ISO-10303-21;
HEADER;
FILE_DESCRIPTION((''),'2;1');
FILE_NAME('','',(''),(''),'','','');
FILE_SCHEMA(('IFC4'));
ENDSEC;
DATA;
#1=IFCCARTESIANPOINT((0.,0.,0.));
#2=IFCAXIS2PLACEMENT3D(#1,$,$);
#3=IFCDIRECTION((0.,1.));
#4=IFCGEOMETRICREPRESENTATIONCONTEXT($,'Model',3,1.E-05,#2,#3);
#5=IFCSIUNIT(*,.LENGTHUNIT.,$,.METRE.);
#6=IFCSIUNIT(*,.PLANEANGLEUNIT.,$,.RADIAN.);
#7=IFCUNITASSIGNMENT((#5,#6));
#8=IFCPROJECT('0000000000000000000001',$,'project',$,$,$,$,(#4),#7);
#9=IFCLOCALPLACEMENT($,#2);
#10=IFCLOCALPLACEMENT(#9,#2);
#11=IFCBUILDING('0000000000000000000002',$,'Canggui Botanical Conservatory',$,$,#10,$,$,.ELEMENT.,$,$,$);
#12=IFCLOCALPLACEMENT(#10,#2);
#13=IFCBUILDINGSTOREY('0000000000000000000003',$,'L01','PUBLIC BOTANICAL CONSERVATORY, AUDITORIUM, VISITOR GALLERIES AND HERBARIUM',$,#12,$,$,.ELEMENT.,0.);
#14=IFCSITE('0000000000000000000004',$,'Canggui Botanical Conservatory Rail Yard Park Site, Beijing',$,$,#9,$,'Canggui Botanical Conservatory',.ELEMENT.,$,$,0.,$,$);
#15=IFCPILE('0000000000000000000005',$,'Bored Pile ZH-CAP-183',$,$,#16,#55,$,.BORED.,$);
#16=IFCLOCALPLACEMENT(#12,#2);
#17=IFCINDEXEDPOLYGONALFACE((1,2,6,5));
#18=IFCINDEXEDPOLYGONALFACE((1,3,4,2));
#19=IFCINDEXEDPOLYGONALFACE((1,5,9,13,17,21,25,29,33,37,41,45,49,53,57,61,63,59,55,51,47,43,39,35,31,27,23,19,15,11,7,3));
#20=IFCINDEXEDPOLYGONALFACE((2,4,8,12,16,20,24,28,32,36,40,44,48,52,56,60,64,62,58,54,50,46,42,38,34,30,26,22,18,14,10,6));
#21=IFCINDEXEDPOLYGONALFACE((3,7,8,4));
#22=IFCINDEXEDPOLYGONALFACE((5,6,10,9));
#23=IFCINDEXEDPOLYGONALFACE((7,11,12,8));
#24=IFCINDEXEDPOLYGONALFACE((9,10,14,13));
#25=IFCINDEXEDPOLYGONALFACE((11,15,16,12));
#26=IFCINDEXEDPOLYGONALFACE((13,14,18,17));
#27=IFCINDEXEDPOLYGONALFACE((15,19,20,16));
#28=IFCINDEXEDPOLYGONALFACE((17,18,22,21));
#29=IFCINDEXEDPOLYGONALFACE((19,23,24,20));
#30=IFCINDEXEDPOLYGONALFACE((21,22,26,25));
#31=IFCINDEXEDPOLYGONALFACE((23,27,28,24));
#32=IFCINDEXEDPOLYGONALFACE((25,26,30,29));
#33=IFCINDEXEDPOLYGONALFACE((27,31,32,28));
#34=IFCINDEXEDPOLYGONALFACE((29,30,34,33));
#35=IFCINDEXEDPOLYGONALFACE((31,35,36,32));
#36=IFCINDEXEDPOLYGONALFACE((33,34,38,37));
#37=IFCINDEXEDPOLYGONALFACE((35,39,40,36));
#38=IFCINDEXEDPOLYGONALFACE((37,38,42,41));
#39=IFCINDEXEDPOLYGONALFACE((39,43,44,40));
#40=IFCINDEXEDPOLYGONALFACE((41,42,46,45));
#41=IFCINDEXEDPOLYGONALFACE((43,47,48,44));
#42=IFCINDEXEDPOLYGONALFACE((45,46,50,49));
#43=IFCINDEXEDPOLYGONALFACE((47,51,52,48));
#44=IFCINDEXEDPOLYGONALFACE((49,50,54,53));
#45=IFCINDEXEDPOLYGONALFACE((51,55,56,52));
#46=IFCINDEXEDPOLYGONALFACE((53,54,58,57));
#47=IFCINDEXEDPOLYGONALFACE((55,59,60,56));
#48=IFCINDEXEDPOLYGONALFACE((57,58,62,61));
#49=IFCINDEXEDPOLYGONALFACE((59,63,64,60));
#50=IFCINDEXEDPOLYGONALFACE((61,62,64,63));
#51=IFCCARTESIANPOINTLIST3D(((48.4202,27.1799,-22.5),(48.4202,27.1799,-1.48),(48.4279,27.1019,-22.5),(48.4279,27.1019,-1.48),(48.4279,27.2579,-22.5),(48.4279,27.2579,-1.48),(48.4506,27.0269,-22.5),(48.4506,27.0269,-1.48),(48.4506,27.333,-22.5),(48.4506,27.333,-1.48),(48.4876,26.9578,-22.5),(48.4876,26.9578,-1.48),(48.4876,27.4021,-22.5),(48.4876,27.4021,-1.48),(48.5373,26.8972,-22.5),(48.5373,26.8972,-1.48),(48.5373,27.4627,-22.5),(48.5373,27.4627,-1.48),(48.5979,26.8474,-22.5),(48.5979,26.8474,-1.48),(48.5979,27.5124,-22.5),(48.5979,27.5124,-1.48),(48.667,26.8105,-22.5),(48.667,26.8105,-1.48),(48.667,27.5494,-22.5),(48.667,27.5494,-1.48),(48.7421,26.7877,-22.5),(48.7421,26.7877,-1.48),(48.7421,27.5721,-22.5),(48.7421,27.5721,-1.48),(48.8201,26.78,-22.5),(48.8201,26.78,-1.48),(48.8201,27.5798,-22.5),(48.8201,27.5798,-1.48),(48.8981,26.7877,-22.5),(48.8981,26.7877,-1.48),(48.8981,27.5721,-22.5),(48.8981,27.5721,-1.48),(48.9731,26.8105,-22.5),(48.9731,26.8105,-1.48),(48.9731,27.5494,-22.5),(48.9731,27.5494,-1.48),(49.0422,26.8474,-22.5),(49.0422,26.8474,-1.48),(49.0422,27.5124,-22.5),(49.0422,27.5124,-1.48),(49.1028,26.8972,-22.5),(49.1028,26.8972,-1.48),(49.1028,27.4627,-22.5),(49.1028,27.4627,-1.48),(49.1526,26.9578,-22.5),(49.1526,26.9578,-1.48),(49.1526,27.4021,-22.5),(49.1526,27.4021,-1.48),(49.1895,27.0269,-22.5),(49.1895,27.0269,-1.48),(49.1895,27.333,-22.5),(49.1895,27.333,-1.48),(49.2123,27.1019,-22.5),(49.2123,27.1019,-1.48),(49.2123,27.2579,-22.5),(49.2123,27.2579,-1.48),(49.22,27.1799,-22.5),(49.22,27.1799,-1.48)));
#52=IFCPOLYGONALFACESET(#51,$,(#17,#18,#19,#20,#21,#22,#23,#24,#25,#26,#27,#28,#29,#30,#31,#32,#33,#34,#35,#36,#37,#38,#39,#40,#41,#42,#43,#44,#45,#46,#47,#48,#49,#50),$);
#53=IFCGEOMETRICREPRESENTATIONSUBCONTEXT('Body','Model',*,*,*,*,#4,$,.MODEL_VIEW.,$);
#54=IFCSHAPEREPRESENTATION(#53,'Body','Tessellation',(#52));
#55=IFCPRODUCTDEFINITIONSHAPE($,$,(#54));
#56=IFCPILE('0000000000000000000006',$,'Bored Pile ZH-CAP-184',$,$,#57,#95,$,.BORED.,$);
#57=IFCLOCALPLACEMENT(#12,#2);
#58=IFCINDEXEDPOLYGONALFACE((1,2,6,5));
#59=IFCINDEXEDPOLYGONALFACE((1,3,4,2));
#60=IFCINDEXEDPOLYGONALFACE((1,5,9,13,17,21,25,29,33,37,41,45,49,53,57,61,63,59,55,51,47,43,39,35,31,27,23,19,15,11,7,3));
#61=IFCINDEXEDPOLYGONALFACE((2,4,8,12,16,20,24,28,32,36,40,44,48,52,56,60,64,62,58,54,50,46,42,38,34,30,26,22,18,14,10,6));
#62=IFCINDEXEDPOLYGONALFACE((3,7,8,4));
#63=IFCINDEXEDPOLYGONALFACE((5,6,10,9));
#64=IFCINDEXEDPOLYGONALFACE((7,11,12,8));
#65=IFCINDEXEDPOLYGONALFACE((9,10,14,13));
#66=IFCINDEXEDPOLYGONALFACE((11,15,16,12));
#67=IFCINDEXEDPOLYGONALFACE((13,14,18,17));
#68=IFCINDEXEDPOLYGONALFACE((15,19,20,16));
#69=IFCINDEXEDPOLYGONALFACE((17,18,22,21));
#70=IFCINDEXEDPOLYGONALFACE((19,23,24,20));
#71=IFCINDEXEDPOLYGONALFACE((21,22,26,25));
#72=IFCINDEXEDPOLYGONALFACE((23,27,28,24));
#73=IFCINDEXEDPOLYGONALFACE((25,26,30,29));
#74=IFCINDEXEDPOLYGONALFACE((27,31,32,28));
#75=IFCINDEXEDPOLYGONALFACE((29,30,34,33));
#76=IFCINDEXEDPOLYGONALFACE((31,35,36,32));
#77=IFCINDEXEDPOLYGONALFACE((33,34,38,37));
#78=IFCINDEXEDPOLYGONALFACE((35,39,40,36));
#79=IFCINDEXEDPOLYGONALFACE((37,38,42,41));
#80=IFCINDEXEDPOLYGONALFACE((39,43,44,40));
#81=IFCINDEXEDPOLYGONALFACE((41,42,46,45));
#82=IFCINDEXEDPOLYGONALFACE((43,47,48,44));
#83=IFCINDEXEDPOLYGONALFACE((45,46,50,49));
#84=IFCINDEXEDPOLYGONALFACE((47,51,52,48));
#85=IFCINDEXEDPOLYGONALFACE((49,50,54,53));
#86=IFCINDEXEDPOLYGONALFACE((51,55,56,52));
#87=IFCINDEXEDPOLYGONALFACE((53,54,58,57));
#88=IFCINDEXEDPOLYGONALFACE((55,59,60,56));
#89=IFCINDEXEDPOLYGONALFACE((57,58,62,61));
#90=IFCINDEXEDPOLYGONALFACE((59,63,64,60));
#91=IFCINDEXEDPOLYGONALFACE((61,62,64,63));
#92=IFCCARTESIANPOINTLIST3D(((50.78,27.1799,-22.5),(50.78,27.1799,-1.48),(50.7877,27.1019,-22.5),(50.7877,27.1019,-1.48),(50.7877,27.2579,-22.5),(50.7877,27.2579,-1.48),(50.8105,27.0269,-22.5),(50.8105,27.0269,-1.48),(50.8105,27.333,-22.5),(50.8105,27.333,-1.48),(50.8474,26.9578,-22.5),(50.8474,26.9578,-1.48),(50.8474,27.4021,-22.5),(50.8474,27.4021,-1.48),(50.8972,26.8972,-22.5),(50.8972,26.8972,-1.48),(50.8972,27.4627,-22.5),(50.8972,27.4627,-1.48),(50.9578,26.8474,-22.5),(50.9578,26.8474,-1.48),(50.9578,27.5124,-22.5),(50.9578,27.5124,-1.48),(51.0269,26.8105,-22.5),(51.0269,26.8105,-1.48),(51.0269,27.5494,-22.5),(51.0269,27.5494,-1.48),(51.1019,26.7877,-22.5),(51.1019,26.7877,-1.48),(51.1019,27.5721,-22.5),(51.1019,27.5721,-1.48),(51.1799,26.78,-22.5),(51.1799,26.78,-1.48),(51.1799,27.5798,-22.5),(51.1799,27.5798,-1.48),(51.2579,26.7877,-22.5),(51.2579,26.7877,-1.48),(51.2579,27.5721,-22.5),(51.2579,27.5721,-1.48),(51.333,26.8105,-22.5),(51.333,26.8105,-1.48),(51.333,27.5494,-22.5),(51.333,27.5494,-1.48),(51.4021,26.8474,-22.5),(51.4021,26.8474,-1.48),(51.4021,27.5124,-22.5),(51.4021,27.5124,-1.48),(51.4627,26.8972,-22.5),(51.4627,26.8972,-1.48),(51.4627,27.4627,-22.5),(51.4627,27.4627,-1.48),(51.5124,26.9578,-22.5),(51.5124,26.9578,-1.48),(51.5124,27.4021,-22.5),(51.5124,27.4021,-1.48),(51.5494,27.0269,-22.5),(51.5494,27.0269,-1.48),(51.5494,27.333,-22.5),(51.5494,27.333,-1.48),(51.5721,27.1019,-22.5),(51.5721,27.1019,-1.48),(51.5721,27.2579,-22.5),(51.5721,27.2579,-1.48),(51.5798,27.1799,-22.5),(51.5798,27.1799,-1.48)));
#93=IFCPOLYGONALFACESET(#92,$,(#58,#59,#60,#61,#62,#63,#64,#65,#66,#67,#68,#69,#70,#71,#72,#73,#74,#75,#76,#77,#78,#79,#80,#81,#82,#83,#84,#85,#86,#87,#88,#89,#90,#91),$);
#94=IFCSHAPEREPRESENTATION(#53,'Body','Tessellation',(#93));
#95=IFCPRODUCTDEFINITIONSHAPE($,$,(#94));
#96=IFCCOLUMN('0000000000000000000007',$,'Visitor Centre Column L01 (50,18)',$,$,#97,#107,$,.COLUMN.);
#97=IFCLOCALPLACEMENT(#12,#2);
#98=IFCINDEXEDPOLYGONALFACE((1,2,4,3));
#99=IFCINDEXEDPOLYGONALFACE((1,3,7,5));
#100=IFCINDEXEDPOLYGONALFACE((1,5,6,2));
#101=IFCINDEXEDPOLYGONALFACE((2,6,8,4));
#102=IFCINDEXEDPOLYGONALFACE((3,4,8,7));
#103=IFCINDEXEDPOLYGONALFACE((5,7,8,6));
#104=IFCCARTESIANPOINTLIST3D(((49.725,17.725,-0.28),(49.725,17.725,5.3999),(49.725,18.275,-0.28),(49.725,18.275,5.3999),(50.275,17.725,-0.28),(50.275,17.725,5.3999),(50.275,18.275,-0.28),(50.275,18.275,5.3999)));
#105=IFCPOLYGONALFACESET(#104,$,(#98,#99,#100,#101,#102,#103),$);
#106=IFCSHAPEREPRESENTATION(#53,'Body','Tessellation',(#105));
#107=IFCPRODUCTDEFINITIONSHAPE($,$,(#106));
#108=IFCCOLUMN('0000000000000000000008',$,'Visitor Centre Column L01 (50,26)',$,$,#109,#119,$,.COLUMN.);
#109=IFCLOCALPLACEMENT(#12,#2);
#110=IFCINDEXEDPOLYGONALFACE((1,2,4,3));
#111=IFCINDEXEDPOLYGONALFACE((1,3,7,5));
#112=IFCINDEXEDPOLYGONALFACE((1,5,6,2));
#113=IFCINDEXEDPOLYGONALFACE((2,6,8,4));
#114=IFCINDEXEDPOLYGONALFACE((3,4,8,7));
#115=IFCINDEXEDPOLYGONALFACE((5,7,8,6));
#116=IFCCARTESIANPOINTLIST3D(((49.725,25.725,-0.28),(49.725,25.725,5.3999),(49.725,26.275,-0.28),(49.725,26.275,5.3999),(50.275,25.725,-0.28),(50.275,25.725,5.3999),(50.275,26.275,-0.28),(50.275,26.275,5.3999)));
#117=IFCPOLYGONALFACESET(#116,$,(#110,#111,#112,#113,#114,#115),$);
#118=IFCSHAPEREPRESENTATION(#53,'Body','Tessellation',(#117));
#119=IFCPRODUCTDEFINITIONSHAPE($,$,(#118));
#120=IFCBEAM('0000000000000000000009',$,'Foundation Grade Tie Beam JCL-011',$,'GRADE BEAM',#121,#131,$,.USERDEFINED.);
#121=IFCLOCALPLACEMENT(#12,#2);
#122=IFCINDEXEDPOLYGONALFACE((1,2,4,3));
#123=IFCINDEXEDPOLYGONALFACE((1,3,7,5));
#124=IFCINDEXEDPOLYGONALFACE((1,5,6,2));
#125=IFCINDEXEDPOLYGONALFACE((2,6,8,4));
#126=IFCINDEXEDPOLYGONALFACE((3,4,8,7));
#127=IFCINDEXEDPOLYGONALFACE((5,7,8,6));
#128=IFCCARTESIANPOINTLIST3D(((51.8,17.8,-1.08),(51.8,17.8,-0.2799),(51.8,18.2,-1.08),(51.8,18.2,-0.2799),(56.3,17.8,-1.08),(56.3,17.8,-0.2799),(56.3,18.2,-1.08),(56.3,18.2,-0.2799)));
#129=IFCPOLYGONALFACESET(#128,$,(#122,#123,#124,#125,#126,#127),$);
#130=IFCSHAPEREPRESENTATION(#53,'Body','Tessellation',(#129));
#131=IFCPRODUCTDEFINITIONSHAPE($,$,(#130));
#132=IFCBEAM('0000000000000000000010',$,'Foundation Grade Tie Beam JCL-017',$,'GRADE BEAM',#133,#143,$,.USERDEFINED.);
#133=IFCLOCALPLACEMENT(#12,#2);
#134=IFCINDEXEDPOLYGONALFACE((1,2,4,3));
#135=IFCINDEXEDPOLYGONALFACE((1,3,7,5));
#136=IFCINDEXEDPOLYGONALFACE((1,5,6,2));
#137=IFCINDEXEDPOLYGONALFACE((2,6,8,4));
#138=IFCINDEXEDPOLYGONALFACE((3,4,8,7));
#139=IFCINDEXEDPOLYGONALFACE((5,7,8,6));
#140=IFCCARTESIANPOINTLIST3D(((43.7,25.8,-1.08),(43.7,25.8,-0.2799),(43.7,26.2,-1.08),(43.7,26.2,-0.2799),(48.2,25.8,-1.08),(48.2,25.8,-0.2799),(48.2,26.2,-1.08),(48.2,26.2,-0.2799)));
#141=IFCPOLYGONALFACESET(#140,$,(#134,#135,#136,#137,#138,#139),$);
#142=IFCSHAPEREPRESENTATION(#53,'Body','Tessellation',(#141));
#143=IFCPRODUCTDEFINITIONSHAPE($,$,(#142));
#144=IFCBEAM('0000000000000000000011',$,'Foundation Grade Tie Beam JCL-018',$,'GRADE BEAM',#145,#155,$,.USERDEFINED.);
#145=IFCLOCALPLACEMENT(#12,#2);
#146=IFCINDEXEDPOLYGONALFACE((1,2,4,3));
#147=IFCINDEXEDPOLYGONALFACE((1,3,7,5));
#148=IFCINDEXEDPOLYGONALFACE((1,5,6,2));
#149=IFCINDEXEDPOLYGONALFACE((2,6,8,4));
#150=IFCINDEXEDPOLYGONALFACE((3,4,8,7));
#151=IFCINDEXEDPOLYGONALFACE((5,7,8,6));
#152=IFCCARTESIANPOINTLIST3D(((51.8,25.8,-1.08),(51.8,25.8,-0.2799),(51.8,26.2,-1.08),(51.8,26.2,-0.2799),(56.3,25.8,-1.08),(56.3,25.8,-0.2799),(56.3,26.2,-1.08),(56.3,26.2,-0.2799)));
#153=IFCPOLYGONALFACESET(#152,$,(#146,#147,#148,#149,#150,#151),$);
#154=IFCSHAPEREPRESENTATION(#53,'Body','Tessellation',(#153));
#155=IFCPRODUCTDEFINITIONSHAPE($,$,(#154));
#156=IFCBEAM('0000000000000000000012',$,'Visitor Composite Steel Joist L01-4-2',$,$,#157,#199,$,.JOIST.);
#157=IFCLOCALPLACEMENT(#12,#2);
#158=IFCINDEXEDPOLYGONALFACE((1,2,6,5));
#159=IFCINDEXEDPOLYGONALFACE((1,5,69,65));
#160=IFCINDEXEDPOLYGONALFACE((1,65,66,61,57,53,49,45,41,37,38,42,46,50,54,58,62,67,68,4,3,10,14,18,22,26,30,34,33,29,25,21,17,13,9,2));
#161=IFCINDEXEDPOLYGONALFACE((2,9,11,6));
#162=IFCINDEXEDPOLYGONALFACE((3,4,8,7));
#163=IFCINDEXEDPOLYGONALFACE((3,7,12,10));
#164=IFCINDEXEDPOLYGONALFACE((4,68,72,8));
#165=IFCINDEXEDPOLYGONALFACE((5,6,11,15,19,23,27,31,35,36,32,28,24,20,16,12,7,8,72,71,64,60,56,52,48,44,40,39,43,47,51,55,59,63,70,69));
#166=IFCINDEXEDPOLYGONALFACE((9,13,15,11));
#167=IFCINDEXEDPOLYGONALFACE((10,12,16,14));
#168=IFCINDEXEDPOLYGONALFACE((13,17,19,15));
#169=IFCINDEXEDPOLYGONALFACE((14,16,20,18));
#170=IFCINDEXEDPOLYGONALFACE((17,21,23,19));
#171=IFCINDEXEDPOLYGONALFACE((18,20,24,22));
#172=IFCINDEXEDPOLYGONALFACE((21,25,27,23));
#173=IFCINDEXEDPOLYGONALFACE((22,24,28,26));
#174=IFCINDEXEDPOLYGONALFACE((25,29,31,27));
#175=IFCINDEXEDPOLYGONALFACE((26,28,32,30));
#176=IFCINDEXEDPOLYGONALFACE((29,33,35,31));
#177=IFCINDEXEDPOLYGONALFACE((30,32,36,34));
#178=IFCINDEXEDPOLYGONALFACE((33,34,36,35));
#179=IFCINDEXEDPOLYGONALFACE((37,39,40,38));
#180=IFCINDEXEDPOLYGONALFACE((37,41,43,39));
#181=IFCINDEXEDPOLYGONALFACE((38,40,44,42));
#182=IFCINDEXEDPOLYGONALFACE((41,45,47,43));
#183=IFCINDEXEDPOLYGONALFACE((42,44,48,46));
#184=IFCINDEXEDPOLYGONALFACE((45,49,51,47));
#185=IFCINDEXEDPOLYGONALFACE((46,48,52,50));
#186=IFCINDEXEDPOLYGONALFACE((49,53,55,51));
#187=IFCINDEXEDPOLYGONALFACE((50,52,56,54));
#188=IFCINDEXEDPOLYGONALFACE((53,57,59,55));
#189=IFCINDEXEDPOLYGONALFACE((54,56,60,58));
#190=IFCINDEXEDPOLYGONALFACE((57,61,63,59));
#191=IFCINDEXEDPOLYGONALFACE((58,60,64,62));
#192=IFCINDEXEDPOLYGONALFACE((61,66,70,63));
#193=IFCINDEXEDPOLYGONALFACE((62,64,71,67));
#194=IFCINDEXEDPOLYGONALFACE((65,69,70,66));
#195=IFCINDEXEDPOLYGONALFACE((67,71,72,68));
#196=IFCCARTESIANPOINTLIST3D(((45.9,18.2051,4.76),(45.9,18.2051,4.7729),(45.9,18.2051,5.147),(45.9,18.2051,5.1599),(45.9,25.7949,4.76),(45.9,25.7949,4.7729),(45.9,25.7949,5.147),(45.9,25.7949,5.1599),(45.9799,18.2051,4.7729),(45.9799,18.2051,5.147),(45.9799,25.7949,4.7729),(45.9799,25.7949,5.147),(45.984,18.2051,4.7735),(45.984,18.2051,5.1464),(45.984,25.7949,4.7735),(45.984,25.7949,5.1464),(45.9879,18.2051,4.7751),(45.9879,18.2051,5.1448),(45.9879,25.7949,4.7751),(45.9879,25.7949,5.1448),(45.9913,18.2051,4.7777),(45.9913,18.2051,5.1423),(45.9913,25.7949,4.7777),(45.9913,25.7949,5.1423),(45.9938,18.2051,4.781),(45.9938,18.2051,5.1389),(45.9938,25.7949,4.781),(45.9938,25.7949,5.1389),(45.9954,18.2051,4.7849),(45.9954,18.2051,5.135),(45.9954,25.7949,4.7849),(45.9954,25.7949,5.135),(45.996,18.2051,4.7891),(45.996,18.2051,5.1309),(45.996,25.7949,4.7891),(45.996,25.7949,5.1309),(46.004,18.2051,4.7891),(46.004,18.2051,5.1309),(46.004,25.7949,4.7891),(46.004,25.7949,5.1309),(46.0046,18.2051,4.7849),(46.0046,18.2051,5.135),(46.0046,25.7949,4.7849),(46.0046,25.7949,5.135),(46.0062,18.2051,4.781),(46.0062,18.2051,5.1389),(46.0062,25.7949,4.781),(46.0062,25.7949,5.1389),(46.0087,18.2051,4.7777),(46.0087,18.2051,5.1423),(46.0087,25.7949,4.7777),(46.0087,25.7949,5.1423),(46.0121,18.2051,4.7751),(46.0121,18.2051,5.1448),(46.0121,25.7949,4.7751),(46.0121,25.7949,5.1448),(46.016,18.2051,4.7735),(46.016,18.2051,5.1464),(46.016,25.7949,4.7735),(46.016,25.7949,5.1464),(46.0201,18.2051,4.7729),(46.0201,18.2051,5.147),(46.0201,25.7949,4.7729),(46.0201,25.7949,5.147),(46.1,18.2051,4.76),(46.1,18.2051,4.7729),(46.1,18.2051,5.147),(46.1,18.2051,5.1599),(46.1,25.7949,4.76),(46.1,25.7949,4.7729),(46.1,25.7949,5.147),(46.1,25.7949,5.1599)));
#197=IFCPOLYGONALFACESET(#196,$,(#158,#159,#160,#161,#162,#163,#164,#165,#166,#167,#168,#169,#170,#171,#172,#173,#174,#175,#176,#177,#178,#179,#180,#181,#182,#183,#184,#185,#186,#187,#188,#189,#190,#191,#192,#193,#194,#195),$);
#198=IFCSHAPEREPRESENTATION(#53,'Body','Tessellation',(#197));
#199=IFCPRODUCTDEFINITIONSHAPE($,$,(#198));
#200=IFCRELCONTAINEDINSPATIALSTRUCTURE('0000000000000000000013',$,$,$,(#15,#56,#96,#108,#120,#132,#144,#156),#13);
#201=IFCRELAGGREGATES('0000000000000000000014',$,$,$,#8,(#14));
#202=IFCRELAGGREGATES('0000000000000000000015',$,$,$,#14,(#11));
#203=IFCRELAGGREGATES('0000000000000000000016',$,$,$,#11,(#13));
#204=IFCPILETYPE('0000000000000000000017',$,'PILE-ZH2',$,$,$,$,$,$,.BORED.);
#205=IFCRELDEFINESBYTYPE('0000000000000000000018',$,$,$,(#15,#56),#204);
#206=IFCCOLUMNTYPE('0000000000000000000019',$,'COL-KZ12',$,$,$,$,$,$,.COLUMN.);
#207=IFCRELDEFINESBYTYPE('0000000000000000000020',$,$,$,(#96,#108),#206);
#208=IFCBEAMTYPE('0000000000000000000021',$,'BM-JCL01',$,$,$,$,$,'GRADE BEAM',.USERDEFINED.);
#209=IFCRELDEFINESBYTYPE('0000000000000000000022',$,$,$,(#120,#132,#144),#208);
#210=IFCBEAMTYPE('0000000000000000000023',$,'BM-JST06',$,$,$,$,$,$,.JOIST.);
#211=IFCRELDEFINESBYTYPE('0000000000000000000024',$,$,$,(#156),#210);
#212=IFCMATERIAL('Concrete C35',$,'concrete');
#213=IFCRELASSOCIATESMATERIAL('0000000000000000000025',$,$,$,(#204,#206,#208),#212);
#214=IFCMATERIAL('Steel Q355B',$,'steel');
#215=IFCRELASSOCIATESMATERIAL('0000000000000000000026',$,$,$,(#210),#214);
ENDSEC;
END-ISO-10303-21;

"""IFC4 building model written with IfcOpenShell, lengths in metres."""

from ifc_helpers import new_model, si_unit, direction, frame, origin, origin_2d, place, context, subcontext, project, spatial, rectangle, circle, i_section, extrude, material, material_profile, profile_set, type_object, element, save


model = new_model("IFC4")

# Units and contexts
model_context = context("Model", 3, precision=1e-05, world=origin(), true_north=direction((0.0, 1.0)))
body_context = subcontext(model_context, "Body", "Model", "MODEL_VIEW")
ifc_project = project(units=[si_unit("LENGTHUNIT", "METRE"), si_unit("PLANEANGLEUNIT", "RADIAN")], contexts=[model_context])

# Site, building, storey
site_placement = place(None, origin())
site = spatial("IfcSite", under=ifc_project, at=site_placement, Name="Canggui Botanical Conservatory Rail Yard Park Site, Beijing", LongName="Canggui Botanical Conservatory", CompositionType="ELEMENT", RefElevation=0.0)
building_placement = place(site_placement, origin())
building = spatial("IfcBuilding", under=site, at=building_placement, Name="Canggui Botanical Conservatory", CompositionType="ELEMENT")
storey_placement = place(building_placement, origin())
storey = spatial("IfcBuildingStorey", under=building, at=storey_placement, Name="L01", Description="PUBLIC BOTANICAL CONSERVATORY, AUDITORIUM, VISITOR GALLERIES AND HERBARIUM", CompositionType="ELEMENT", Elevation=0.0)

# Shared definitions
ifc_material_1 = material(Name="Concrete C35", Category="concrete")

# Piles
ifc_material_profile_1 = material_profile(ifc_material_1, circle(Radius=0.3999, at=origin_2d()), Name="PILE D800")
ifc_profile_set_1 = profile_set([ifc_material_profile_1], Name="Concrete C35")
pile_type = type_object("IfcPileType", Name="PILE-ZH2", PredefinedType="BORED", material=ifc_profile_set_1)
for number, where, z_axis, x_axis, name in (
    (1, (48.8201, 27.1799, -1.48), (0.0, 0.0, -1.0), (1.0, 0.0, 0.0), "Bored Pile ZH-CAP-183"),
    (2, (51.1799, 27.1799, -1.48), (0.0, 0.0, -1.0), (1.0, 0.0, 0.0), "Bored Pile ZH-CAP-184"),
):
    element("IfcPile", number, at=place(storey_placement, frame(where, z_axis=z_axis, x_axis=x_axis)), inside=storey, type_object=pile_type, Name=name, PredefinedType="BORED", context=body_context, shape_type="SweptSolid", body=[
        extrude(circle(Radius=0.3999, at=origin_2d()), origin(), (0.0, 0.0, 1.0), 21.02),
    ])

# Columns
ifc_material_profile_2 = material_profile(ifc_material_1, rectangle(XDim=0.55, YDim=0.55, at=origin_2d()), Name="RC 550x550")
ifc_profile_set_2 = profile_set([ifc_material_profile_2], Name="Concrete C35")
column_type = type_object("IfcColumnType", Name="COL-KZ12", PredefinedType="COLUMN", material=ifc_profile_set_2)
for number, where, z_axis, x_axis, name in (
    (3, (50.0, 18.0, -0.28), (0.0, 0.0, 1.0), (1.0, 0.0, 0.0), "Visitor Centre Column L01 (50,18)"),
    (4, (50.0, 26.0, -0.28), (0.0, 0.0, 1.0), (1.0, 0.0, 0.0), "Visitor Centre Column L01 (50,26)"),
):
    element("IfcColumn", number, at=place(storey_placement, frame(where, z_axis=z_axis, x_axis=x_axis)), inside=storey, type_object=column_type, Name=name, PredefinedType="COLUMN", context=body_context, shape_type="SweptSolid", body=[
        extrude(rectangle(XDim=0.55, YDim=0.55, at=origin_2d()), origin(), (0.0, 0.0, 1.0), 5.6799),
    ])

# Beams
ifc_material_profile_3 = material_profile(ifc_material_1, rectangle(XDim=0.3999, YDim=0.8, at=origin_2d()), Name="RB 400x800")
ifc_profile_set_3 = profile_set([ifc_material_profile_3], Name="Concrete C35")
beam_type_1 = type_object("IfcBeamType", Name="BM-JCL01", ElementType="GRADE BEAM", PredefinedType="USERDEFINED", material=ifc_profile_set_3)
for number, where, z_axis, x_axis, name in (
    (5, (51.8, 18.0, -0.6799), (1.0, 0.0, 0.0), (0.0, 1.0, 0.0), "Foundation Grade Tie Beam JCL-011"),
    (6, (43.7, 26.0, -0.6799), (1.0, 0.0, 0.0), (0.0, 1.0, 0.0), "Foundation Grade Tie Beam JCL-017"),
    (7, (51.8, 26.0, -0.6799), (1.0, 0.0, 0.0), (0.0, 1.0, 0.0), "Foundation Grade Tie Beam JCL-018"),
):
    element("IfcBeam", number, at=place(storey_placement, frame(where, z_axis=z_axis, x_axis=x_axis)), inside=storey, type_object=beam_type_1, Name=name, ObjectType="GRADE BEAM", PredefinedType="USERDEFINED", context=body_context, shape_type="SweptSolid", body=[
        extrude(rectangle(XDim=0.3999, YDim=0.8, at=origin_2d()), origin(), (0.0, 0.0, 1.0), 4.5),
    ])
ifc_material_2 = material(Name="Steel Q355B", Category="steel")
ifc_material_profile_4 = material_profile(ifc_material_2, i_section(OverallWidth=0.2, OverallDepth=0.3999, WebThickness=0.0081, FlangeThickness=0.0129, FilletRadius=0.0161, at=origin_2d()), Name="HN 400x200x8x13")
ifc_profile_set_4 = profile_set([ifc_material_profile_4], Name="Steel Q355B")
beam_type_2 = type_object("IfcBeamType", Name="BM-JST06", PredefinedType="JOIST", material=ifc_profile_set_4)
for number, where, z_axis, x_axis, name in (
    (8, (46.0, 18.2051, 4.96), (0.0, 1.0, 0.0), (-1.0, 0.0, 0.0), "Visitor Composite Steel Joist L01-4-2"),
):
    element("IfcBeam", number, at=place(storey_placement, frame(where, z_axis=z_axis, x_axis=x_axis)), inside=storey, type_object=beam_type_2, Name=name, PredefinedType="JOIST", context=body_context, shape_type="SweptSolid", body=[
        extrude(i_section(OverallWidth=0.2, OverallDepth=0.3999, WebThickness=0.0081, FlangeThickness=0.0129, FilletRadius=0.0161, at=origin_2d()), origin(), (0.0, 0.0, 1.0), 7.5898),
    ])

save(model, "model.ifc")
